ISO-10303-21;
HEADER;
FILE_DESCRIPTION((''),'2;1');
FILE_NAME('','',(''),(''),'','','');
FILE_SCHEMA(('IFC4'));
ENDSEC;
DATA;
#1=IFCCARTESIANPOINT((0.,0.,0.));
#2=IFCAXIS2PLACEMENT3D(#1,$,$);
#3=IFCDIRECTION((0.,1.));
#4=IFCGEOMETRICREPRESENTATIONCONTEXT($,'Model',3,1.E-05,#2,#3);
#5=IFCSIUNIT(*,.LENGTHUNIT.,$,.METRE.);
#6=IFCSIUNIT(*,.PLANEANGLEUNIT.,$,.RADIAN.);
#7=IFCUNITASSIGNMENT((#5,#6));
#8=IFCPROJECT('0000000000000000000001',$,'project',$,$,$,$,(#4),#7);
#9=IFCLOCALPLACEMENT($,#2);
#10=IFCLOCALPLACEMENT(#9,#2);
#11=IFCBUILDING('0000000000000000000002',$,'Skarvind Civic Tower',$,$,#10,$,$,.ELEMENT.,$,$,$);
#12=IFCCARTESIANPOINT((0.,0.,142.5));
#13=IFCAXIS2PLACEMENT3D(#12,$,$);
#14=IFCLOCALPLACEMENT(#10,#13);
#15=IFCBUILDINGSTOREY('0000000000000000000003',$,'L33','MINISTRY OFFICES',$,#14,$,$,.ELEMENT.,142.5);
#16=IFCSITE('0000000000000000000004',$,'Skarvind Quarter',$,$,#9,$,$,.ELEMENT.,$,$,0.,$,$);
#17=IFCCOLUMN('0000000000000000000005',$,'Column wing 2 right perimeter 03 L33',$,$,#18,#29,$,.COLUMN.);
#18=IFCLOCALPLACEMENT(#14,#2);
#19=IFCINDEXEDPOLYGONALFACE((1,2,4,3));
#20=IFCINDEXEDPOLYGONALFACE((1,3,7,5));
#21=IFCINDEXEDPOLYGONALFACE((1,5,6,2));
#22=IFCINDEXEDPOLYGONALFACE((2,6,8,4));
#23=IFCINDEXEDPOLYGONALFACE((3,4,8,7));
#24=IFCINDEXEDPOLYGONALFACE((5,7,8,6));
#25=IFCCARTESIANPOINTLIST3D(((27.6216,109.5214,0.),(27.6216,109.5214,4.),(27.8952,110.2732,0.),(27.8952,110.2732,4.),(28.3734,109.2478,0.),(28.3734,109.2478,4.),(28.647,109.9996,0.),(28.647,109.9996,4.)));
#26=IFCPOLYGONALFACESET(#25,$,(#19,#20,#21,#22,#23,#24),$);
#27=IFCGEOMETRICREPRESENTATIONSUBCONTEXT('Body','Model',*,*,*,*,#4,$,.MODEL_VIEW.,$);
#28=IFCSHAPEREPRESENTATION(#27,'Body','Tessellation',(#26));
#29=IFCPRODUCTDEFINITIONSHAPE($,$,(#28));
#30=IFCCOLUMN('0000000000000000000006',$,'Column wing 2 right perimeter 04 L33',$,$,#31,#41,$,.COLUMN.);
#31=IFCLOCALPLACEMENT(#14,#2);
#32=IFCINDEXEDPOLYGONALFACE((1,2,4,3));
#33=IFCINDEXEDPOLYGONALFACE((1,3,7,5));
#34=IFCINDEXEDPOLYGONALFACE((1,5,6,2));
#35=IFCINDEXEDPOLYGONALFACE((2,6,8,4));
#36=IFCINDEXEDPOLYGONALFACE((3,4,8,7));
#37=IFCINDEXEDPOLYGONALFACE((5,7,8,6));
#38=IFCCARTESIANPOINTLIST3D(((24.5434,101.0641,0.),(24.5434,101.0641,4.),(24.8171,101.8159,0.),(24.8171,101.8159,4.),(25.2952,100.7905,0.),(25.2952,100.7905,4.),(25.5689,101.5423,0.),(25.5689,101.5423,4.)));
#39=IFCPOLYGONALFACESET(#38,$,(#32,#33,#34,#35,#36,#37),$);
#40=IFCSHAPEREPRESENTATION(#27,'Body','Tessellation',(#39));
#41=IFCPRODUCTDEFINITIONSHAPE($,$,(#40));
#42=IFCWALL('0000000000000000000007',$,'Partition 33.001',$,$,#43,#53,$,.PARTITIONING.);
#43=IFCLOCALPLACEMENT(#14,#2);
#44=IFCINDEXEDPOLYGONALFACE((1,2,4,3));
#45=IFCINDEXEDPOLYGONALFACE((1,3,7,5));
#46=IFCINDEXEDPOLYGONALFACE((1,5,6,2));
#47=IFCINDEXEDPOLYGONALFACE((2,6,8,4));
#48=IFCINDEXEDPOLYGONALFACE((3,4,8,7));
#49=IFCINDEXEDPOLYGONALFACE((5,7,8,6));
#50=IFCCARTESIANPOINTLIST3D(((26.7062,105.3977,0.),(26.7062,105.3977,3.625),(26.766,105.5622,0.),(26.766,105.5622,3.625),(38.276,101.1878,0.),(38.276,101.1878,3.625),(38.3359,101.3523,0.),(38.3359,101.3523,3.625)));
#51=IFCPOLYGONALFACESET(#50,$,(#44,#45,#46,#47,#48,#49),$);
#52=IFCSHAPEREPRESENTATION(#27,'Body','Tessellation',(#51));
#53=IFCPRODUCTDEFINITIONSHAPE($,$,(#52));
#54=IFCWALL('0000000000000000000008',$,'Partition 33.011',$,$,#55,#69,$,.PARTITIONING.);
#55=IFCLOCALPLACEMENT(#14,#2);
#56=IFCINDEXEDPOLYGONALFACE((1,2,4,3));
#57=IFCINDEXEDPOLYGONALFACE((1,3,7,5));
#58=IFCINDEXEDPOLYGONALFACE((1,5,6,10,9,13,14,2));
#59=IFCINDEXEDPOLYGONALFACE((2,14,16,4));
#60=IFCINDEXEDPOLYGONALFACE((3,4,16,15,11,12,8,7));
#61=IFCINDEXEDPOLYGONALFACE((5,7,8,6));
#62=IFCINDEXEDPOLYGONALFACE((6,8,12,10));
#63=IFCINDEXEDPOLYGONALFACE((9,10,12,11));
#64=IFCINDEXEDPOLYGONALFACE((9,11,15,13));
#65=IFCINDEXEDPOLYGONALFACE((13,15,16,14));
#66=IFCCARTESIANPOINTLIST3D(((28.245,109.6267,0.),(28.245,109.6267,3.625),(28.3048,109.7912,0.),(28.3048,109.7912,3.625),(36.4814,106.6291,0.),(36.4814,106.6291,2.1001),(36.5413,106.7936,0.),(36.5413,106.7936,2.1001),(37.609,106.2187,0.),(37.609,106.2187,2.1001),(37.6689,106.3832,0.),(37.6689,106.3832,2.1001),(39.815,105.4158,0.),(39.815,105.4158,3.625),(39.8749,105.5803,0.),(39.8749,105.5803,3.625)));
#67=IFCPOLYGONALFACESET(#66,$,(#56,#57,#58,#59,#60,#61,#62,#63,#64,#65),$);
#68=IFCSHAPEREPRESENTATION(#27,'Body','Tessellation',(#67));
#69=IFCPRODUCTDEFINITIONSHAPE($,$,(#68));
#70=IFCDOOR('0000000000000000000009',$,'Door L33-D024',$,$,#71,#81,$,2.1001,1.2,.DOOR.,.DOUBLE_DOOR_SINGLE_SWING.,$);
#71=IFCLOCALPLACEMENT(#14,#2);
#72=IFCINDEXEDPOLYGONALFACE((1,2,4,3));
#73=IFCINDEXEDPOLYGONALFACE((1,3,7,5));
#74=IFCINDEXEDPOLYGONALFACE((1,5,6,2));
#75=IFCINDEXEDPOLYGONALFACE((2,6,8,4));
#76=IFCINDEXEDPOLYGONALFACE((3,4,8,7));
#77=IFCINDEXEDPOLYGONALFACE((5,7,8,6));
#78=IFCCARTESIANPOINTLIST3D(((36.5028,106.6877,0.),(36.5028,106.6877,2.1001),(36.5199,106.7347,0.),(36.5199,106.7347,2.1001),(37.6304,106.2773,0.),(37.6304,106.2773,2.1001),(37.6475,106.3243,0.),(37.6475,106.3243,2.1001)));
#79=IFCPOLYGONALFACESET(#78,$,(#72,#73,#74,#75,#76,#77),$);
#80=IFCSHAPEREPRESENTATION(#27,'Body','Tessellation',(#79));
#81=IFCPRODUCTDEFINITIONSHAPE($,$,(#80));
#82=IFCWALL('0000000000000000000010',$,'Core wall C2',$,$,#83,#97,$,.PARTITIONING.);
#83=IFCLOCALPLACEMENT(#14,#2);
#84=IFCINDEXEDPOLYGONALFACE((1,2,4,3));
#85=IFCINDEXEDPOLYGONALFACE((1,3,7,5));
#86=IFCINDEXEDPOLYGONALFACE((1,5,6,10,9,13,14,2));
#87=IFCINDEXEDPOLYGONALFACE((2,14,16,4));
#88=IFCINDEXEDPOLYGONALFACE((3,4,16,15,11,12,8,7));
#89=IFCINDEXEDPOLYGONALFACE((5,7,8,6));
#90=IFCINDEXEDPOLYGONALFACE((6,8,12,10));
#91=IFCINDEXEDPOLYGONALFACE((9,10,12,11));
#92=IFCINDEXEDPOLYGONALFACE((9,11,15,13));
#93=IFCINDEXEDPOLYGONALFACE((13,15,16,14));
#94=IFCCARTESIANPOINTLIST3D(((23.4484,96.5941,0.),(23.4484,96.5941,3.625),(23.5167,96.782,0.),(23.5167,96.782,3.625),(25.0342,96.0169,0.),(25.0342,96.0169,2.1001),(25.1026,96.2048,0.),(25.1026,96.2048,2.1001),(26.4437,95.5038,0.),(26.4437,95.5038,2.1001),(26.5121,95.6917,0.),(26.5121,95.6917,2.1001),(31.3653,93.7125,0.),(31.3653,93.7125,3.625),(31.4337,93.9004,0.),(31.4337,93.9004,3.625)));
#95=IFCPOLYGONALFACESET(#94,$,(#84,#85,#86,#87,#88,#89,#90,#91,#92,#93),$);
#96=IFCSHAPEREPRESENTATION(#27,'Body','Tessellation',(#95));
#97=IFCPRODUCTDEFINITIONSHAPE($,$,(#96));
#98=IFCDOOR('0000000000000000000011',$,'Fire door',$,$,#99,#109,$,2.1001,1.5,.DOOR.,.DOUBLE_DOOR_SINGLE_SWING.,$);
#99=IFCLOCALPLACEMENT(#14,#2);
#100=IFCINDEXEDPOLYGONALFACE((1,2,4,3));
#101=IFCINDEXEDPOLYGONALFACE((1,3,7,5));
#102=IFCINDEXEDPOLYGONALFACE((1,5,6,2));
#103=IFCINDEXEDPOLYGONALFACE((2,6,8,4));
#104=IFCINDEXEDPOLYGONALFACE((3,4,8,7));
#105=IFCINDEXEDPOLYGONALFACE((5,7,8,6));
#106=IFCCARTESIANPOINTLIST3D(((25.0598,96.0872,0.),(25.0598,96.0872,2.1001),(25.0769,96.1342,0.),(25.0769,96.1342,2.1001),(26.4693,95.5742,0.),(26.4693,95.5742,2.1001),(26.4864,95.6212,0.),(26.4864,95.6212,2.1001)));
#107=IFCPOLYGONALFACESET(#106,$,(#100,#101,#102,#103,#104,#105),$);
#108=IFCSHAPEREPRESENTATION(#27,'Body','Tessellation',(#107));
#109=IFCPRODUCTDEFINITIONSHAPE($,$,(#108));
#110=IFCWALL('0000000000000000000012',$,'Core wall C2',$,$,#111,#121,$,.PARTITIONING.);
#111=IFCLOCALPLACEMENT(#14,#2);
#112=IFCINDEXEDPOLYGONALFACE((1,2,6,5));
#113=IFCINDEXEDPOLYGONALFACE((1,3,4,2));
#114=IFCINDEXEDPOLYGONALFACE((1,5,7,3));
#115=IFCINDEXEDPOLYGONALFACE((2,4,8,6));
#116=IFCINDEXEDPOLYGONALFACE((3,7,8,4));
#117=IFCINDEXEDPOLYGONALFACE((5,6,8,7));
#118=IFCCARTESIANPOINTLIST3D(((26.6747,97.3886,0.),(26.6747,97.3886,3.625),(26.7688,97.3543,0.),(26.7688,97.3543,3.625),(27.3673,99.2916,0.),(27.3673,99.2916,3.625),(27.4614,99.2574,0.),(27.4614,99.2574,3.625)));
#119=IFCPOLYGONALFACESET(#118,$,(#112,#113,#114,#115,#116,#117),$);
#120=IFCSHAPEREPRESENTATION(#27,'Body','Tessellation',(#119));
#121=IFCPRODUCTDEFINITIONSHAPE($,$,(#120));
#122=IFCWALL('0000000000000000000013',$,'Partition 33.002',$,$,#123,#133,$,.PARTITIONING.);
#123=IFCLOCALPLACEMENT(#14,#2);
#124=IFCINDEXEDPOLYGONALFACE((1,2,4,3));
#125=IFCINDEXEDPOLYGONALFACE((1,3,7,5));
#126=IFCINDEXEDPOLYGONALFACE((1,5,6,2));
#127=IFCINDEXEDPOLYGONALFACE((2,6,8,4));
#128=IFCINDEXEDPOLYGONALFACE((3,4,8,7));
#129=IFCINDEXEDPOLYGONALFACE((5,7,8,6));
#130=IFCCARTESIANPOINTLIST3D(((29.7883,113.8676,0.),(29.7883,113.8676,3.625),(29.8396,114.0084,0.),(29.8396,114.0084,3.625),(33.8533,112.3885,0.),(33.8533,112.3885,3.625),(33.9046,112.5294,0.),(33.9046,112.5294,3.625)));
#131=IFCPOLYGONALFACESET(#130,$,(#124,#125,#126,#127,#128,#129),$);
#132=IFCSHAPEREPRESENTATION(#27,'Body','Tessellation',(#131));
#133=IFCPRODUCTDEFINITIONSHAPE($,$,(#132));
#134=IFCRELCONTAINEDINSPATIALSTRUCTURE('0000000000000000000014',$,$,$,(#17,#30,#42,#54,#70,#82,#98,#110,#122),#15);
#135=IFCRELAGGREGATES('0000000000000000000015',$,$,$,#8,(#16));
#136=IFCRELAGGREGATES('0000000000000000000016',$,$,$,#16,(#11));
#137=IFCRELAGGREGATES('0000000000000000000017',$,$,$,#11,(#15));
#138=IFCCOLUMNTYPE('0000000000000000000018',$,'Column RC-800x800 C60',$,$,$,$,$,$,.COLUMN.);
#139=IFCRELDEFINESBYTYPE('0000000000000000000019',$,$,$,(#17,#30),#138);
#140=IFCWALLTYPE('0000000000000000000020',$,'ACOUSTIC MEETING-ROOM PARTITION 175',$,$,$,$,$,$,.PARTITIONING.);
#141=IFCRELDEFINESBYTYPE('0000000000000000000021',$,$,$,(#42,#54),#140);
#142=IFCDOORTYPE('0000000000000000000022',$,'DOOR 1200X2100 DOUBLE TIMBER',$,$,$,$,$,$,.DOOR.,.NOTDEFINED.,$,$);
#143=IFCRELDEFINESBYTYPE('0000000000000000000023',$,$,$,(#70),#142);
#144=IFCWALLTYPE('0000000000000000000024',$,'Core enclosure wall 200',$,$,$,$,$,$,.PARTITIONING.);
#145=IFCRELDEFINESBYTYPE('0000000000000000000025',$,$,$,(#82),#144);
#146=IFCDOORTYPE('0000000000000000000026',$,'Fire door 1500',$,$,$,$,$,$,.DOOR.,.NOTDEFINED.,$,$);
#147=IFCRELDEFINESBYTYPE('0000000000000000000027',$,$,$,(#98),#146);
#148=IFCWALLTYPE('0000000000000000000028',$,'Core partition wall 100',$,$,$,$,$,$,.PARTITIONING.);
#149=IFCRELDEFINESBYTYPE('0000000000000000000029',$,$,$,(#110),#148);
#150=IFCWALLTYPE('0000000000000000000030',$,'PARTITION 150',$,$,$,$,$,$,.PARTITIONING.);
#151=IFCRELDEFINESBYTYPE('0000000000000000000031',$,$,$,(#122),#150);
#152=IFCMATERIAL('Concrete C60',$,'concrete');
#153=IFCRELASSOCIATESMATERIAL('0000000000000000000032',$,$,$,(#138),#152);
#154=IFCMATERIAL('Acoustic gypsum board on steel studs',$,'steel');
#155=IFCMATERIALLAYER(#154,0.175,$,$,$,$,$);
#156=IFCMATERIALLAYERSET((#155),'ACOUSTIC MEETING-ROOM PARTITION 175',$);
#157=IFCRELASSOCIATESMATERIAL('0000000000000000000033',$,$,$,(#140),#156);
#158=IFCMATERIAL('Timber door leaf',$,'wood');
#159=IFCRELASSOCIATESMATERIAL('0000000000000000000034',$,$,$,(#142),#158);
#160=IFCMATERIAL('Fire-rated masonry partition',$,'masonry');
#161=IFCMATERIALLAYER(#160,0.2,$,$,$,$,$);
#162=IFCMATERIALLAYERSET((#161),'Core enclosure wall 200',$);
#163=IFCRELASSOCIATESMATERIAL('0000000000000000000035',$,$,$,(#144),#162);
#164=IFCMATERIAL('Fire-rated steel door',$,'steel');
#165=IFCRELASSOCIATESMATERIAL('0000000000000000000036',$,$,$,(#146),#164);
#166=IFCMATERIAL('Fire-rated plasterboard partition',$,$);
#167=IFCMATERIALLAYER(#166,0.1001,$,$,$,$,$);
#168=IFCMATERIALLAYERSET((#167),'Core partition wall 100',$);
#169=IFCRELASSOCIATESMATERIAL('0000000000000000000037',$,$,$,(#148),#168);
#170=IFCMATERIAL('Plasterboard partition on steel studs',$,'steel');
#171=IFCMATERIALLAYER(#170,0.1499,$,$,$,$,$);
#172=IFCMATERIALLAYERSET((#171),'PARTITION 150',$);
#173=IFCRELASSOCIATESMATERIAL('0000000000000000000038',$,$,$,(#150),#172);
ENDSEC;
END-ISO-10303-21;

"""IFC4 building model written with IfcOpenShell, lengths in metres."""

from ifc_helpers import new_model, si_unit, direction, frame, frame_2d, origin, origin_2d, place, context, subcontext, project, spatial, rectangle, extrude, material, layer, layer_set, material_profile, profile_set, type_object, element, fill, save


model = new_model("IFC4")

# Units and contexts
model_context = context("Model", 3, precision=1e-05, world=origin(), true_north=direction((0.0, 1.0)))
body_context = subcontext(model_context, "Body", "Model", "MODEL_VIEW")
ifc_project = project(units=[si_unit("LENGTHUNIT", "METRE"), si_unit("PLANEANGLEUNIT", "RADIAN")], contexts=[model_context])

# Site, building, storey
site_placement = place(None, origin())
site = spatial("IfcSite", under=ifc_project, at=site_placement, Name="Skarvind Quarter", CompositionType="ELEMENT", RefElevation=0.0)
building_placement = place(site_placement, origin())
building = spatial("IfcBuilding", under=site, at=building_placement, Name="Skarvind Civic Tower", CompositionType="ELEMENT")
storey_placement = place(building_placement, frame((0.0, 0.0, 142.5)))
storey = spatial("IfcBuildingStorey", under=building, at=storey_placement, Name="L33", Description="MINISTRY OFFICES", CompositionType="ELEMENT", Elevation=142.5)

# Columns
ifc_material_1 = material(Name="Concrete C60", Category="concrete")
ifc_material_profile_1 = material_profile(ifc_material_1, rectangle(XDim=0.8, YDim=0.8, at=origin_2d()), Name="RC-800x800")
ifc_profile_set_1 = profile_set([ifc_material_profile_1], Name="Concrete C60")
column_type = type_object("IfcColumnType", Name="Column RC-800x800 C60", PredefinedType="COLUMN", material=ifc_profile_set_1)
for number, where, z_axis, x_axis, name in (
    (1, (28.1343, 109.7605, 0.0), (0.0, 0.0, 1.0), (-0.34202, -0.939693, 0.0), "Column wing 2 right perimeter 03 L33"),
    (2, (25.0562, 101.3032, 0.0), (0.0, 0.0, 1.0), (-0.34202, -0.939693, 0.0), "Column wing 2 right perimeter 04 L33"),
):
    element("IfcColumn", number, at=place(storey_placement, frame(where, z_axis=z_axis, x_axis=x_axis)), inside=storey, type_object=column_type, Name=name, PredefinedType="COLUMN", context=body_context, shape_type="SweptSolid", body=[
        extrude(rectangle(XDim=0.8, YDim=0.8, at=origin_2d()), origin(), (0.0, 0.0, 1.0), 4.0),
    ])

# Wall
ifc_material_2 = material(Name="Acoustic gypsum board on steel studs", Category="steel")
ifc_layer_1 = layer(ifc_material_2, 0.175)
ifc_layer_set_1 = layer_set([ifc_layer_1], Name="ACOUSTIC MEETING-ROOM PARTITION 175")
wall_type_1 = type_object("IfcWallType", Name="ACOUSTIC MEETING-ROOM PARTITION 175", PredefinedType="PARTITIONING", material=ifc_layer_set_1)
wall_1_placement = place(storey_placement, frame((26.7361, 105.48, 0.0), z_axis=(0.0, 0.0, 1.0), x_axis=(0.939722, -0.34194, 0.0)))
element("IfcWall", 3, at=wall_1_placement, inside=storey, type_object=wall_type_1, Name="Partition 33.001", PredefinedType="PARTITIONING", context=body_context, shape_type="SweptSolid", body=[
    extrude(rectangle(XDim=12.312, YDim=0.175, at=frame_2d((6.156, 0.0))), origin(), (0.0, 0.0, 1.0), 3.625),
])

# Walls, openings, doors
wall_2_placement = place(storey_placement, frame((28.2749, 109.709, 0.0), z_axis=(0.0, 0.0, 1.0), x_axis=(0.939698, -0.342004, 0.0)))
wall_2 = element("IfcWall", 4, at=wall_2_placement, inside=storey, type_object=wall_type_1, Name="Partition 33.011", PredefinedType="PARTITIONING", context=body_context, shape_type="SweptSolid", body=[
    extrude(rectangle(XDim=12.3125, YDim=0.175, at=frame_2d((6.1562, 0.0))), origin(), (0.0, 0.0, 1.0), 3.625),
])
opening_1_placement = place(wall_2_placement, frame((8.7649, 0.0, 0.0)))
opening_1 = element("IfcOpeningElement", 5, at=opening_1_placement, cuts=wall_2, PredefinedType="OPENING", context=body_context, shape_type="SweptSolid", body=[
    extrude(rectangle(XDim=1.2, YDim=2.1001, at=frame_2d((0.6001, 1.05))), frame((0.0, 0.0974, 0.0), z_axis=(0.0, -1.0, 0.0), x_axis=(1.0, 0.0, 0.0)), (0.0, 0.0, 1.0), 0.1951),
])
ifc_material_3 = material(Name="Timber door leaf", Category="wood")
door_type_1 = type_object("IfcDoorType", Name="DOOR 1200X2100 DOUBLE TIMBER", OperationType="NOTDEFINED", PredefinedType="DOOR", material=ifc_material_3)
door_1_placement = place(opening_1_placement, origin())
door_1 = element("IfcDoor", 6, at=door_1_placement, inside=storey, type_object=door_type_1, Name="Door L33-D024", OperationType="DOUBLE_DOOR_SINGLE_SWING", OverallHeight=2.1001, OverallWidth=1.2, PredefinedType="DOOR", context=body_context, shape_type="SweptSolid", body=[
    extrude(rectangle(XDim=1.2, YDim=2.1001, at=frame_2d((0.6001, 1.05))), frame((0.0, 0.0249, 0.0), z_axis=(0.0, -1.0, 0.0), x_axis=(1.0, 0.0, 0.0)), (0.0, 0.0, 1.0), 0.05),
])
fill(opening_1, door_1)
ifc_material_4 = material(Name="Fire-rated masonry partition", Category="masonry")
ifc_layer_2 = layer(ifc_material_4, 0.2)
ifc_layer_set_2 = layer_set([ifc_layer_2], Name="Core enclosure wall 200")
wall_type_2 = type_object("IfcWallType", Name="Core enclosure wall 200", PredefinedType="PARTITIONING", material=ifc_layer_set_2)
wall_3_placement = place(storey_placement, frame((23.4827, 96.688, 0.0), z_axis=(0.0, 0.0, 1.0), x_axis=(0.939691, -0.342025, 0.0)))
wall_3 = element("IfcWall", 7, at=wall_3_placement, inside=storey, type_object=wall_type_2, Name="Core wall C2", PredefinedType="PARTITIONING", context=body_context, shape_type="SweptSolid", body=[
    extrude(rectangle(XDim=8.425, YDim=0.2, at=frame_2d((4.2124, 0.0))), origin(), (0.0, 0.0, 1.0), 3.625),
])
opening_2_placement = place(wall_3_placement, frame((1.6875, 0.0, 0.0)))
opening_2 = element("IfcOpeningElement", 8, at=opening_2_placement, cuts=wall_3, PredefinedType="OPENING", context=body_context, shape_type="SweptSolid", body=[
    extrude(rectangle(XDim=1.5, YDim=2.1001, at=frame_2d((0.75, 1.05))), frame((0.0, 0.1099, 0.0), z_axis=(0.0, -1.0, 0.0), x_axis=(1.0, 0.0, 0.0)), (0.0, 0.0, 1.0), 0.22),
])
ifc_material_5 = material(Name="Fire-rated steel door", Category="steel")
door_type_2 = type_object("IfcDoorType", Name="Fire door 1500", OperationType="NOTDEFINED", PredefinedType="DOOR", material=ifc_material_5)
door_2_placement = place(opening_2_placement, origin())
door_2 = element("IfcDoor", 9, at=door_2_placement, inside=storey, type_object=door_type_2, Name="Fire door", OperationType="DOUBLE_DOOR_SINGLE_SWING", OverallHeight=2.1001, OverallWidth=1.5, PredefinedType="DOOR", context=body_context, shape_type="SweptSolid", body=[
    extrude(rectangle(XDim=1.5, YDim=2.1001, at=frame_2d((0.75, 1.05))), frame((0.0, 0.0249, 0.0), z_axis=(0.0, -1.0, 0.0), x_axis=(1.0, 0.0, 0.0)), (0.0, 0.0, 1.0), 0.05),
])
fill(opening_2, door_2)

# Walls
ifc_material_6 = material(Name="Fire-rated plasterboard partition")
ifc_layer_3 = layer(ifc_material_6, 0.1001)
ifc_layer_set_3 = layer_set([ifc_layer_3], Name="Core partition wall 100")
wall_type_3 = type_object("IfcWallType", Name="Core partition wall 100", PredefinedType="PARTITIONING", material=ifc_layer_set_3)
wall_4_placement = place(storey_placement, frame((26.7217, 97.3713, 0.0), z_axis=(0.0, 0.0, 1.0), x_axis=(0.342004, 0.939698, 0.0)))
element("IfcWall", 10, at=wall_4_placement, inside=storey, type_object=wall_type_3, Name="Core wall C2", PredefinedType="PARTITIONING", context=body_context, shape_type="SweptSolid", body=[
    extrude(rectangle(XDim=2.0251, YDim=0.1001, at=frame_2d((1.0127, 0.0))), origin(), (0.0, 0.0, 1.0), 3.625),
])
ifc_material_7 = material(Name="Plasterboard partition on steel studs", Category="steel")
ifc_layer_4 = layer(ifc_material_7, 0.1499)
ifc_layer_set_4 = layer_set([ifc_layer_4], Name="PARTITION 150")
wall_type_4 = type_object("IfcWallType", Name="PARTITION 150", PredefinedType="PARTITIONING", material=ifc_layer_set_4)
wall_5_placement = place(storey_placement, frame((29.814, 113.938, 0.0), z_axis=(0.0, 0.0, 1.0), x_axis=(0.939731, -0.341915, 0.0)))
element("IfcWall", 11, at=wall_5_placement, inside=storey, type_object=wall_type_4, Name="Partition 33.002", PredefinedType="PARTITIONING", context=body_context, shape_type="SweptSolid", body=[
    extrude(rectangle(XDim=4.3257, YDim=0.1499, at=frame_2d((2.1628, 0.0))), origin(), (0.0, 0.0, 1.0), 3.625),
])

save(model, "model.ifc")
